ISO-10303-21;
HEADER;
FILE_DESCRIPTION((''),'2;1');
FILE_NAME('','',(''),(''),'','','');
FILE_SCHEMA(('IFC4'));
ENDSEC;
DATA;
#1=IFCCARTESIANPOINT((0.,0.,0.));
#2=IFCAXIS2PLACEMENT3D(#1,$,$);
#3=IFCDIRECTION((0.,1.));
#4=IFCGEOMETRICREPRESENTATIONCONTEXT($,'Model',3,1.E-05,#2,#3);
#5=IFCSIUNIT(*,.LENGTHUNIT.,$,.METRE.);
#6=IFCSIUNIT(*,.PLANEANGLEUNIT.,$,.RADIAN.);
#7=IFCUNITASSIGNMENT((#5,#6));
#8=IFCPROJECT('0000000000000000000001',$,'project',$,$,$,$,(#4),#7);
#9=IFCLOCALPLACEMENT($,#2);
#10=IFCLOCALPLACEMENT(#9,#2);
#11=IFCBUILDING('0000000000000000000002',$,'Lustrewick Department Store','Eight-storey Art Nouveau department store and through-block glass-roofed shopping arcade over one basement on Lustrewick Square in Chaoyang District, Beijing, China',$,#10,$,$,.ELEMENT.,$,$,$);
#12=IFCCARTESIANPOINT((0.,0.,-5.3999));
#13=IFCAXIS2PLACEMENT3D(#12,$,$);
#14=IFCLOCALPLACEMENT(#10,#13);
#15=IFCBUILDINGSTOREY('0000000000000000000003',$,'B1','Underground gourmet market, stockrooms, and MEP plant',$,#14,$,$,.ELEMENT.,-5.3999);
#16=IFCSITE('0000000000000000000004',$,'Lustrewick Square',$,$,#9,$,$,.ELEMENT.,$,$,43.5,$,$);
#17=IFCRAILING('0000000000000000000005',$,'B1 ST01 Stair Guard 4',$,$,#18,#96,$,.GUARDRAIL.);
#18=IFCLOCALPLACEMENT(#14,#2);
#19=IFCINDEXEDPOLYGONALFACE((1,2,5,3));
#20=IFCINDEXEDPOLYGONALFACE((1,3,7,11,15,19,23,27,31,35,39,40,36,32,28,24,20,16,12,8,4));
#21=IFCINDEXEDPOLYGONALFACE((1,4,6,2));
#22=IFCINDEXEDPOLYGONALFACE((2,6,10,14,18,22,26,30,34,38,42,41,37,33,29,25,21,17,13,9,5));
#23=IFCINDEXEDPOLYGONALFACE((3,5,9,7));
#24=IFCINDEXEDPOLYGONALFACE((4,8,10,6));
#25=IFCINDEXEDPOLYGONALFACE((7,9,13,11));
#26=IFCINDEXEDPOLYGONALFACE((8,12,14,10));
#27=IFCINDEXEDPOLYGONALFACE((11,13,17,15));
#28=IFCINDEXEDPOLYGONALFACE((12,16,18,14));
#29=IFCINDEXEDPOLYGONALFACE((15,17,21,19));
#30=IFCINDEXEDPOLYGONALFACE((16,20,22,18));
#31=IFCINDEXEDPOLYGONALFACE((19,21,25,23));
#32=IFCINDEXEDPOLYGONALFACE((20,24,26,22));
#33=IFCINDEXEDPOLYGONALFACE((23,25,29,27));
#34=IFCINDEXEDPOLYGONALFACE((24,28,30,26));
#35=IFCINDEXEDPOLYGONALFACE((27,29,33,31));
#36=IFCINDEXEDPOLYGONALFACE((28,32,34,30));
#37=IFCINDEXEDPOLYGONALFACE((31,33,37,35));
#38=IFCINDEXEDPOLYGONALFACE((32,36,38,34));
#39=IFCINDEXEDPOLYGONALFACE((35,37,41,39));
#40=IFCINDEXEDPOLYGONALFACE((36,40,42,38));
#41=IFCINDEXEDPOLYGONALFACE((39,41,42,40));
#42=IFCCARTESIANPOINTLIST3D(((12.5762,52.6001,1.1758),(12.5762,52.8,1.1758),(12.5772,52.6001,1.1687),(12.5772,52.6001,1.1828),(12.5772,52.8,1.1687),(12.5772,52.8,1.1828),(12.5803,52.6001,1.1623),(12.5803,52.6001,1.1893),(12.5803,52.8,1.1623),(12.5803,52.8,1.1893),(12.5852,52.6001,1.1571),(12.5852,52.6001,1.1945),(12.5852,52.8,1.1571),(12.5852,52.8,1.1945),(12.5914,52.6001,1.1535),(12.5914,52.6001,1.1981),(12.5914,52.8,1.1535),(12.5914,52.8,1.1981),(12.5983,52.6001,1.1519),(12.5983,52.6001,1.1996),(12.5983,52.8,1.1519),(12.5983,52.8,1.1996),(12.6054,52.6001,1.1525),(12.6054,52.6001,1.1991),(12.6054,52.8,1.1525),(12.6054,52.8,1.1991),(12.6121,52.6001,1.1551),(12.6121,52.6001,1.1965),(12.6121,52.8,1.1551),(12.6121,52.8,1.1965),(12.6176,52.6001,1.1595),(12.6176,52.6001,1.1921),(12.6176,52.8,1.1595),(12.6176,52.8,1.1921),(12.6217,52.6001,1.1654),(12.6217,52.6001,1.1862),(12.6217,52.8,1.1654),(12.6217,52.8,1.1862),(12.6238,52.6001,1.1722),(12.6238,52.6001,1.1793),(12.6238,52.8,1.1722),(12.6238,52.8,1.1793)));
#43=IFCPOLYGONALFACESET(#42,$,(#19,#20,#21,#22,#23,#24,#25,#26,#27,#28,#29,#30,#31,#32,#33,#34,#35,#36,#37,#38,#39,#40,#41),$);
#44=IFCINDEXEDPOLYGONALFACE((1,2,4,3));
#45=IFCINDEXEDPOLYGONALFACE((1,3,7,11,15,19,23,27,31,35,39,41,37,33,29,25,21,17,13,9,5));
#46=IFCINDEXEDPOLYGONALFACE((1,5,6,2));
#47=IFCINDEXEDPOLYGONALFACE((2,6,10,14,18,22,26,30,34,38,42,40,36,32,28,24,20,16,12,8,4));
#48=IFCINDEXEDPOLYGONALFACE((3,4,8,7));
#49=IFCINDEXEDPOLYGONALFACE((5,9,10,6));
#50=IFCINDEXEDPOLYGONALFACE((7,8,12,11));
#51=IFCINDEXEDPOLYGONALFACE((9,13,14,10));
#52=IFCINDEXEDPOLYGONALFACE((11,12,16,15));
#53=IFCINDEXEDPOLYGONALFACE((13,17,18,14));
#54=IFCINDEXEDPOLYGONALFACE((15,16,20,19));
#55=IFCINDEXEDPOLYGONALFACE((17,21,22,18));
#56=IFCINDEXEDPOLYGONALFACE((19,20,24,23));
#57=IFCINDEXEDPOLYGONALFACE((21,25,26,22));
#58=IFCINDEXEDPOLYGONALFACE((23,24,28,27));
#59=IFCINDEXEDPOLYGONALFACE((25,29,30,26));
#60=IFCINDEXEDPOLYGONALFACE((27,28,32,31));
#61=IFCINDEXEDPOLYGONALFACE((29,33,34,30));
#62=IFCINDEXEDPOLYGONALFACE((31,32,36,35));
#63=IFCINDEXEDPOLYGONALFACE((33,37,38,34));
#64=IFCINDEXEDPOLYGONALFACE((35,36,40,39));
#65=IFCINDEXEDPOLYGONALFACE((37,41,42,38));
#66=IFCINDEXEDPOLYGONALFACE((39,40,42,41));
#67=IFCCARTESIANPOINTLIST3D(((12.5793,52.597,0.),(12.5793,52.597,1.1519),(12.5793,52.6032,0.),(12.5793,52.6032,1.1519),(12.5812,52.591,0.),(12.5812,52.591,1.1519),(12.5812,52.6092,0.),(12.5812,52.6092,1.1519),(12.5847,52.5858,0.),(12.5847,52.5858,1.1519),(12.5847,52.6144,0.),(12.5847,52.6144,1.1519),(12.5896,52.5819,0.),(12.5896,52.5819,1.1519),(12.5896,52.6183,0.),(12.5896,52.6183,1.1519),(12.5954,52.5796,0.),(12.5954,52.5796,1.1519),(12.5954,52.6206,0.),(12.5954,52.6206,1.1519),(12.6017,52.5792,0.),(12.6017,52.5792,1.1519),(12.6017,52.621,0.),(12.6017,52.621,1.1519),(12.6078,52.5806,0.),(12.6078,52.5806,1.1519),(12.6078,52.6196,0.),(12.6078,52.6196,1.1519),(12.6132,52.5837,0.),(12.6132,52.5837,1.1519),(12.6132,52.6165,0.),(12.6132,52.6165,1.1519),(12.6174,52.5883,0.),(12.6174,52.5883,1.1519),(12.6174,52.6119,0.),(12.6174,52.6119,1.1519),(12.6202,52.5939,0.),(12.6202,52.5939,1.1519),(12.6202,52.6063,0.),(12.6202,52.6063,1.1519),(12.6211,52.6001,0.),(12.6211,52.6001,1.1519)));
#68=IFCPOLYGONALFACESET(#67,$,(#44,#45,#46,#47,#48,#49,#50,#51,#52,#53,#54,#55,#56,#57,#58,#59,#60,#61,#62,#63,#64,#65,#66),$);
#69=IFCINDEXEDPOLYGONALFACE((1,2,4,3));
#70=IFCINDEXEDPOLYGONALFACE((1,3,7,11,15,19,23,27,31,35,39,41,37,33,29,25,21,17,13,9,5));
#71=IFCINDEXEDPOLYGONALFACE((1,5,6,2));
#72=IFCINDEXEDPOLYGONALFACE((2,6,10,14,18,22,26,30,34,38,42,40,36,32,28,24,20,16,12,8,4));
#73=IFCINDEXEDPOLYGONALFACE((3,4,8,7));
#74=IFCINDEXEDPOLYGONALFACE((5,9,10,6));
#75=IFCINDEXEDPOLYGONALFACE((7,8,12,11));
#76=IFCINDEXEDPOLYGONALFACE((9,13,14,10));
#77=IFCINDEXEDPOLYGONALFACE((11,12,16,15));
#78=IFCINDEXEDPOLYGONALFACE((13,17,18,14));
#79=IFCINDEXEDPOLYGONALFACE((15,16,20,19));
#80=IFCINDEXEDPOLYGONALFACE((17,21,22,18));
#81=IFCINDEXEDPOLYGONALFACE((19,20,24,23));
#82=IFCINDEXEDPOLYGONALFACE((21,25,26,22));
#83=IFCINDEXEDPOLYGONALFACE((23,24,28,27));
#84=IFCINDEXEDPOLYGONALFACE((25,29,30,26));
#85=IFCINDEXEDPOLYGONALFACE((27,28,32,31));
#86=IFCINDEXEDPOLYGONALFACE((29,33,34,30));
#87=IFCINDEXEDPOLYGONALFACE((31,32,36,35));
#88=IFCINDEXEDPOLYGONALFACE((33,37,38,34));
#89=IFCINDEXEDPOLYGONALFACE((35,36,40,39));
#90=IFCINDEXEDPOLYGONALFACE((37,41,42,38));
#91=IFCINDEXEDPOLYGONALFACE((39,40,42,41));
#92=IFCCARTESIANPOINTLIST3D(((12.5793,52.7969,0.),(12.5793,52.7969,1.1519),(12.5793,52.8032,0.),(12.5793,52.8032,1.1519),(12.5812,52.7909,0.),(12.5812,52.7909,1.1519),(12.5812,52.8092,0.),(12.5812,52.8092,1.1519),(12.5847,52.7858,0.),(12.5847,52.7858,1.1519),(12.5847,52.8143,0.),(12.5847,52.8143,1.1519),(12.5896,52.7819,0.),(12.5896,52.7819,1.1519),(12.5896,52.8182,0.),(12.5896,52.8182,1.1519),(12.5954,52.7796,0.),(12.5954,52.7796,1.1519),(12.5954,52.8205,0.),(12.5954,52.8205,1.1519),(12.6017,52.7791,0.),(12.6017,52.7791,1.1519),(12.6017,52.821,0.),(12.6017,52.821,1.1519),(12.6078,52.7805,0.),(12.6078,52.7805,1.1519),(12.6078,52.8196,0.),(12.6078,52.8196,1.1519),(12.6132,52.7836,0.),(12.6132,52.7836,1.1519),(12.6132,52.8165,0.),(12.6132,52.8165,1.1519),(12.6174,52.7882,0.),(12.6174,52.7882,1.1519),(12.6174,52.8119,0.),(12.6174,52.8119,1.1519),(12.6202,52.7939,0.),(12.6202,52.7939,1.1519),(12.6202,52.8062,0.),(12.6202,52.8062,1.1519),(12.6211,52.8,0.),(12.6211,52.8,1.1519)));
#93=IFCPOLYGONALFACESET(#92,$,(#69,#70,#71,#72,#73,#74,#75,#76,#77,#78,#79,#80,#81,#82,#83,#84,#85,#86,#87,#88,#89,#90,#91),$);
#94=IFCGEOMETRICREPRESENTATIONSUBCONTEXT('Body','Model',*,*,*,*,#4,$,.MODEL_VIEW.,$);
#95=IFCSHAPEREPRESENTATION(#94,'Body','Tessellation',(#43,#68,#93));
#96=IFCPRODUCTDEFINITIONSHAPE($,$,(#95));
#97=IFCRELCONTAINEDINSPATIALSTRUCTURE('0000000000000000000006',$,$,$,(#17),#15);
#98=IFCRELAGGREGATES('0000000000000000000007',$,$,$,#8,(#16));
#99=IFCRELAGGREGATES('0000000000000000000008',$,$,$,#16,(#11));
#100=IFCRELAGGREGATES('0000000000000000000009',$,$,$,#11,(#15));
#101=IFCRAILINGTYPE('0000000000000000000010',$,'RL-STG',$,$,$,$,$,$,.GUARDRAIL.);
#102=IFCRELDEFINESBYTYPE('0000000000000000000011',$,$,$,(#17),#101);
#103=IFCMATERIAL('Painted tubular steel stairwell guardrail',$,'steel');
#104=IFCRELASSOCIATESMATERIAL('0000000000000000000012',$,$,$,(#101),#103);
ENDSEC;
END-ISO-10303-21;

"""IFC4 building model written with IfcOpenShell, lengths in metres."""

from ifc_helpers import new_model, si_unit, direction, frame, origin, origin_2d, place, context, subcontext, project, spatial, circle, extrude, material, type_object, element, save


model = new_model("IFC4")

# Units and contexts
model_context = context("Model", 3, precision=1e-05, world=origin(), true_north=direction((0.0, 1.0)))
body_context = subcontext(model_context, "Body", "Model", "MODEL_VIEW")
ifc_project = project(units=[si_unit("LENGTHUNIT", "METRE"), si_unit("PLANEANGLEUNIT", "RADIAN")], contexts=[model_context])

# Site, building, storey
site_placement = place(None, origin())
site = spatial("IfcSite", under=ifc_project, at=site_placement, Name="Lustrewick Square", CompositionType="ELEMENT", RefElevation=43.5)
building_placement = place(site_placement, origin())
building = spatial("IfcBuilding", under=site, at=building_placement, Name="Lustrewick Department Store", Description="Eight-storey Art Nouveau department store and through-block glass-roofed shopping arcade over one basement on Lustrewick Square in Chaoyang District, Beijing, China", CompositionType="ELEMENT")
storey_placement = place(building_placement, frame((0.0, 0.0, -5.3999)))
storey = spatial("IfcBuildingStorey", under=building, at=storey_placement, Name="B1", Description="Underground gourmet market, stockrooms, and MEP plant", CompositionType="ELEMENT", Elevation=-5.3999)

# Railing
ifc_material_1 = material(Name="Painted tubular steel stairwell guardrail", Category="steel")
railing_type_1 = type_object("IfcRailingType", Name="RL-STG", PredefinedType="GUARDRAIL", material=ifc_material_1)
railing_1_placement = place(storey_placement, frame((12.6001, 52.6001, 0.0)))
element("IfcRailing", 1, at=railing_1_placement, inside=storey, type_object=railing_type_1, Name="B1 ST01 Stair Guard 4", PredefinedType="GUARDRAIL", context=body_context, shape_type="SweptSolid", body=[
    extrude(circle(Radius=0.0239, at=origin_2d()), frame((0.0, 0.0, 1.1758), z_axis=(0.0, 1.0, 0.0), x_axis=(-1.0, 0.0, 0.0)), (0.0, 0.0, 1.0), 0.2),
    extrude(circle(Radius=0.021, at=origin_2d()), origin(), (0.0, 0.0, 1.0), 1.1519),
    extrude(circle(Radius=0.021, at=origin_2d()), frame((0.0, 0.2, 0.0)), (0.0, 0.0, 1.0), 1.1519),
])

save(model, "model.ifc")
